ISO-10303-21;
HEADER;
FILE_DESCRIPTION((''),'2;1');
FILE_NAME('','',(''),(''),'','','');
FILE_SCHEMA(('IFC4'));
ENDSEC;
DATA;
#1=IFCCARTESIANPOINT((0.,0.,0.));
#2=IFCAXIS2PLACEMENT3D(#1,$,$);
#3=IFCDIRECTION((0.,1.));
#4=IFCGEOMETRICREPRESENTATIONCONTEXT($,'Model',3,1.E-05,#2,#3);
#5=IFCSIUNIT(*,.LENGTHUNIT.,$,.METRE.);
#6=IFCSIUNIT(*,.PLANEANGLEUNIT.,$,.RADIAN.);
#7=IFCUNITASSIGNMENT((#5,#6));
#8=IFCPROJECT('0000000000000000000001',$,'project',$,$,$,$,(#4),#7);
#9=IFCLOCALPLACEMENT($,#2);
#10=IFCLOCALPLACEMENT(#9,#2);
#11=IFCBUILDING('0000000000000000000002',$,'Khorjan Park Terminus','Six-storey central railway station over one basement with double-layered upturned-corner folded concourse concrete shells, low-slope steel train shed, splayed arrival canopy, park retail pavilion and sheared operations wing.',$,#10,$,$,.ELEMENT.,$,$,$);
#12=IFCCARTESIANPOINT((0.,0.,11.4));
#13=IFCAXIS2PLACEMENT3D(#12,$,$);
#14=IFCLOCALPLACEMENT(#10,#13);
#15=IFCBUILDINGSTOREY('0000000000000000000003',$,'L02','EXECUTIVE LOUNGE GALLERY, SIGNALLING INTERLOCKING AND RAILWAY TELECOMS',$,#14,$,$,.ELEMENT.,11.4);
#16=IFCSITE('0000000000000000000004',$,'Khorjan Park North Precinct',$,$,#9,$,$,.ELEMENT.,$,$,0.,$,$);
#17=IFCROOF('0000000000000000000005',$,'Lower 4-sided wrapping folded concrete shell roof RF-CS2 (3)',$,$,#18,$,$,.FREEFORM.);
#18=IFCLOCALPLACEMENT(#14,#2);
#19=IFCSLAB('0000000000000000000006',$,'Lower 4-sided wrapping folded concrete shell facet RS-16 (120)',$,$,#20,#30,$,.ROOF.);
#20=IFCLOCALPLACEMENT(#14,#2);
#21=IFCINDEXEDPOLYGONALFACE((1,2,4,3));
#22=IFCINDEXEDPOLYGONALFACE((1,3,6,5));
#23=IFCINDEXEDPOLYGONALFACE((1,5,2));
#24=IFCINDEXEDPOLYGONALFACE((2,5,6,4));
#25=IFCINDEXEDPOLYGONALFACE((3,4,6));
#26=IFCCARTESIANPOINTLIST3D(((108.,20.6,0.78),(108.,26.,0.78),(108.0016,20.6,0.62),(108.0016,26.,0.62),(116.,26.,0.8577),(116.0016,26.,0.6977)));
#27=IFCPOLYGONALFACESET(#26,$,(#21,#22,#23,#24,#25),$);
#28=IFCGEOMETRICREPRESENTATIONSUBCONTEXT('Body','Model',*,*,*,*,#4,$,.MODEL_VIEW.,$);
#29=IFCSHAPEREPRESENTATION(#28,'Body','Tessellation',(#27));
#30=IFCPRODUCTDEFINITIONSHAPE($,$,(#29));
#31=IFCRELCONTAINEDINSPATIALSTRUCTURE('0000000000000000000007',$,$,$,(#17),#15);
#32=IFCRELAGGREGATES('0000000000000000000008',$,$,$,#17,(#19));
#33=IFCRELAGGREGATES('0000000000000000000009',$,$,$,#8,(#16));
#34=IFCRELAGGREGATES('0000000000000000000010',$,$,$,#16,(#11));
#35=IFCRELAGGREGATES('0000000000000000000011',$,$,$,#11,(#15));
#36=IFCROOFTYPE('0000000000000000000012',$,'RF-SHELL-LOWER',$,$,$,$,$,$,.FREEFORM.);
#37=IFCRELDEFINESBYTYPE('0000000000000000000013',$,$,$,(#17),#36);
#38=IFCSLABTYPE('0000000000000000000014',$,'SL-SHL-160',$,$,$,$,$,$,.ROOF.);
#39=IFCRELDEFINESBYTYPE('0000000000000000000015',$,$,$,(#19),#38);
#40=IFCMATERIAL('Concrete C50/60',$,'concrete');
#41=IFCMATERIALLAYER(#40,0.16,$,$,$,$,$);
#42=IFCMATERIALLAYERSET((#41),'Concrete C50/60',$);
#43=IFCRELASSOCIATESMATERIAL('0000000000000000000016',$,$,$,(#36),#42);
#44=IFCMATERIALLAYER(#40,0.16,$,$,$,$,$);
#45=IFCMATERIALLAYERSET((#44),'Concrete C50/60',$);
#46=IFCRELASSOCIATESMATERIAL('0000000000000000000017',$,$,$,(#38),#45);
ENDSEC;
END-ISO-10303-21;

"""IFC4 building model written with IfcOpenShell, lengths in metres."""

from ifc_helpers import new_model, si_unit, direction, frame, origin, place, context, subcontext, project, spatial, polyline, outline, extrude, material, layer, layer_set, type_object, element, aggregate, save


model = new_model("IFC4")

# Units and contexts
model_context = context("Model", 3, precision=1e-05, world=origin(), true_north=direction((0.0, 1.0)))
body_context = subcontext(model_context, "Body", "Model", "MODEL_VIEW")
ifc_project = project(units=[si_unit("LENGTHUNIT", "METRE"), si_unit("PLANEANGLEUNIT", "RADIAN")], contexts=[model_context])

# Site, building, storey
site_placement = place(None, origin())
site = spatial("IfcSite", under=ifc_project, at=site_placement, Name="Khorjan Park North Precinct", CompositionType="ELEMENT", RefElevation=0.0)
building_placement = place(site_placement, origin())
building = spatial("IfcBuilding", under=site, at=building_placement, Name="Khorjan Park Terminus", Description="Six-storey central railway station over one basement with double-layered upturned-corner folded concourse concrete shells, low-slope steel train shed, splayed arrival canopy, park retail pavilion and sheared operations wing.", CompositionType="ELEMENT")
storey_placement = place(building_placement, frame((0.0, 0.0, 11.4)))
storey = spatial("IfcBuildingStorey", under=building, at=storey_placement, Name="L02", Description="EXECUTIVE LOUNGE GALLERY, SIGNALLING INTERLOCKING AND RAILWAY TELECOMS", CompositionType="ELEMENT", Elevation=11.4)

# Shared definitions
ifc_material_1 = material(Name="Concrete C50/60", Category="concrete")

# Roof, slab
ifc_layer_1 = layer(ifc_material_1, 0.16)
ifc_layer_set_1 = layer_set([ifc_layer_1], Name="Concrete C50/60")
roof_type = type_object("IfcRoofType", Name="RF-SHELL-LOWER", PredefinedType="FREEFORM", material=ifc_layer_set_1)
roof_placement = place(storey_placement, origin())
roof = element("IfcRoof", 1, at=roof_placement, inside=storey, type_object=roof_type, Name="Lower 4-sided wrapping folded concrete shell roof RF-CS2 (3)", PredefinedType="FREEFORM")
ifc_layer_2 = layer(ifc_material_1, 0.16)
ifc_layer_set_2 = layer_set([ifc_layer_2], Name="Concrete C50/60")
slab_type = type_object("IfcSlabType", Name="SL-SHL-160", PredefinedType="ROOF", material=ifc_layer_set_2)
slab_1_placement = place(storey_placement, frame((108.0, 20.6, 0.78), z_axis=(-0.009712, 0.0, 0.999953), x_axis=(0.828822, 0.559455, 0.00805)))
slab_1 = element("IfcSlab", 2, at=slab_1_placement, type_object=slab_type, Name="Lower 4-sided wrapping folded concrete shell facet RS-16 (120)", PredefinedType="ROOF", context=body_context, shape_type="SweptSolid", body=[
    extrude(outline(polyline([(0.0, 0.0), (9.6523, 0.0), (3.0211, 4.4758), (0.0, 0.0)])), origin(), (0.0, 0.0, -1.0), 0.16),
])
aggregate(roof, [slab_1])

save(model, "model.ifc")
